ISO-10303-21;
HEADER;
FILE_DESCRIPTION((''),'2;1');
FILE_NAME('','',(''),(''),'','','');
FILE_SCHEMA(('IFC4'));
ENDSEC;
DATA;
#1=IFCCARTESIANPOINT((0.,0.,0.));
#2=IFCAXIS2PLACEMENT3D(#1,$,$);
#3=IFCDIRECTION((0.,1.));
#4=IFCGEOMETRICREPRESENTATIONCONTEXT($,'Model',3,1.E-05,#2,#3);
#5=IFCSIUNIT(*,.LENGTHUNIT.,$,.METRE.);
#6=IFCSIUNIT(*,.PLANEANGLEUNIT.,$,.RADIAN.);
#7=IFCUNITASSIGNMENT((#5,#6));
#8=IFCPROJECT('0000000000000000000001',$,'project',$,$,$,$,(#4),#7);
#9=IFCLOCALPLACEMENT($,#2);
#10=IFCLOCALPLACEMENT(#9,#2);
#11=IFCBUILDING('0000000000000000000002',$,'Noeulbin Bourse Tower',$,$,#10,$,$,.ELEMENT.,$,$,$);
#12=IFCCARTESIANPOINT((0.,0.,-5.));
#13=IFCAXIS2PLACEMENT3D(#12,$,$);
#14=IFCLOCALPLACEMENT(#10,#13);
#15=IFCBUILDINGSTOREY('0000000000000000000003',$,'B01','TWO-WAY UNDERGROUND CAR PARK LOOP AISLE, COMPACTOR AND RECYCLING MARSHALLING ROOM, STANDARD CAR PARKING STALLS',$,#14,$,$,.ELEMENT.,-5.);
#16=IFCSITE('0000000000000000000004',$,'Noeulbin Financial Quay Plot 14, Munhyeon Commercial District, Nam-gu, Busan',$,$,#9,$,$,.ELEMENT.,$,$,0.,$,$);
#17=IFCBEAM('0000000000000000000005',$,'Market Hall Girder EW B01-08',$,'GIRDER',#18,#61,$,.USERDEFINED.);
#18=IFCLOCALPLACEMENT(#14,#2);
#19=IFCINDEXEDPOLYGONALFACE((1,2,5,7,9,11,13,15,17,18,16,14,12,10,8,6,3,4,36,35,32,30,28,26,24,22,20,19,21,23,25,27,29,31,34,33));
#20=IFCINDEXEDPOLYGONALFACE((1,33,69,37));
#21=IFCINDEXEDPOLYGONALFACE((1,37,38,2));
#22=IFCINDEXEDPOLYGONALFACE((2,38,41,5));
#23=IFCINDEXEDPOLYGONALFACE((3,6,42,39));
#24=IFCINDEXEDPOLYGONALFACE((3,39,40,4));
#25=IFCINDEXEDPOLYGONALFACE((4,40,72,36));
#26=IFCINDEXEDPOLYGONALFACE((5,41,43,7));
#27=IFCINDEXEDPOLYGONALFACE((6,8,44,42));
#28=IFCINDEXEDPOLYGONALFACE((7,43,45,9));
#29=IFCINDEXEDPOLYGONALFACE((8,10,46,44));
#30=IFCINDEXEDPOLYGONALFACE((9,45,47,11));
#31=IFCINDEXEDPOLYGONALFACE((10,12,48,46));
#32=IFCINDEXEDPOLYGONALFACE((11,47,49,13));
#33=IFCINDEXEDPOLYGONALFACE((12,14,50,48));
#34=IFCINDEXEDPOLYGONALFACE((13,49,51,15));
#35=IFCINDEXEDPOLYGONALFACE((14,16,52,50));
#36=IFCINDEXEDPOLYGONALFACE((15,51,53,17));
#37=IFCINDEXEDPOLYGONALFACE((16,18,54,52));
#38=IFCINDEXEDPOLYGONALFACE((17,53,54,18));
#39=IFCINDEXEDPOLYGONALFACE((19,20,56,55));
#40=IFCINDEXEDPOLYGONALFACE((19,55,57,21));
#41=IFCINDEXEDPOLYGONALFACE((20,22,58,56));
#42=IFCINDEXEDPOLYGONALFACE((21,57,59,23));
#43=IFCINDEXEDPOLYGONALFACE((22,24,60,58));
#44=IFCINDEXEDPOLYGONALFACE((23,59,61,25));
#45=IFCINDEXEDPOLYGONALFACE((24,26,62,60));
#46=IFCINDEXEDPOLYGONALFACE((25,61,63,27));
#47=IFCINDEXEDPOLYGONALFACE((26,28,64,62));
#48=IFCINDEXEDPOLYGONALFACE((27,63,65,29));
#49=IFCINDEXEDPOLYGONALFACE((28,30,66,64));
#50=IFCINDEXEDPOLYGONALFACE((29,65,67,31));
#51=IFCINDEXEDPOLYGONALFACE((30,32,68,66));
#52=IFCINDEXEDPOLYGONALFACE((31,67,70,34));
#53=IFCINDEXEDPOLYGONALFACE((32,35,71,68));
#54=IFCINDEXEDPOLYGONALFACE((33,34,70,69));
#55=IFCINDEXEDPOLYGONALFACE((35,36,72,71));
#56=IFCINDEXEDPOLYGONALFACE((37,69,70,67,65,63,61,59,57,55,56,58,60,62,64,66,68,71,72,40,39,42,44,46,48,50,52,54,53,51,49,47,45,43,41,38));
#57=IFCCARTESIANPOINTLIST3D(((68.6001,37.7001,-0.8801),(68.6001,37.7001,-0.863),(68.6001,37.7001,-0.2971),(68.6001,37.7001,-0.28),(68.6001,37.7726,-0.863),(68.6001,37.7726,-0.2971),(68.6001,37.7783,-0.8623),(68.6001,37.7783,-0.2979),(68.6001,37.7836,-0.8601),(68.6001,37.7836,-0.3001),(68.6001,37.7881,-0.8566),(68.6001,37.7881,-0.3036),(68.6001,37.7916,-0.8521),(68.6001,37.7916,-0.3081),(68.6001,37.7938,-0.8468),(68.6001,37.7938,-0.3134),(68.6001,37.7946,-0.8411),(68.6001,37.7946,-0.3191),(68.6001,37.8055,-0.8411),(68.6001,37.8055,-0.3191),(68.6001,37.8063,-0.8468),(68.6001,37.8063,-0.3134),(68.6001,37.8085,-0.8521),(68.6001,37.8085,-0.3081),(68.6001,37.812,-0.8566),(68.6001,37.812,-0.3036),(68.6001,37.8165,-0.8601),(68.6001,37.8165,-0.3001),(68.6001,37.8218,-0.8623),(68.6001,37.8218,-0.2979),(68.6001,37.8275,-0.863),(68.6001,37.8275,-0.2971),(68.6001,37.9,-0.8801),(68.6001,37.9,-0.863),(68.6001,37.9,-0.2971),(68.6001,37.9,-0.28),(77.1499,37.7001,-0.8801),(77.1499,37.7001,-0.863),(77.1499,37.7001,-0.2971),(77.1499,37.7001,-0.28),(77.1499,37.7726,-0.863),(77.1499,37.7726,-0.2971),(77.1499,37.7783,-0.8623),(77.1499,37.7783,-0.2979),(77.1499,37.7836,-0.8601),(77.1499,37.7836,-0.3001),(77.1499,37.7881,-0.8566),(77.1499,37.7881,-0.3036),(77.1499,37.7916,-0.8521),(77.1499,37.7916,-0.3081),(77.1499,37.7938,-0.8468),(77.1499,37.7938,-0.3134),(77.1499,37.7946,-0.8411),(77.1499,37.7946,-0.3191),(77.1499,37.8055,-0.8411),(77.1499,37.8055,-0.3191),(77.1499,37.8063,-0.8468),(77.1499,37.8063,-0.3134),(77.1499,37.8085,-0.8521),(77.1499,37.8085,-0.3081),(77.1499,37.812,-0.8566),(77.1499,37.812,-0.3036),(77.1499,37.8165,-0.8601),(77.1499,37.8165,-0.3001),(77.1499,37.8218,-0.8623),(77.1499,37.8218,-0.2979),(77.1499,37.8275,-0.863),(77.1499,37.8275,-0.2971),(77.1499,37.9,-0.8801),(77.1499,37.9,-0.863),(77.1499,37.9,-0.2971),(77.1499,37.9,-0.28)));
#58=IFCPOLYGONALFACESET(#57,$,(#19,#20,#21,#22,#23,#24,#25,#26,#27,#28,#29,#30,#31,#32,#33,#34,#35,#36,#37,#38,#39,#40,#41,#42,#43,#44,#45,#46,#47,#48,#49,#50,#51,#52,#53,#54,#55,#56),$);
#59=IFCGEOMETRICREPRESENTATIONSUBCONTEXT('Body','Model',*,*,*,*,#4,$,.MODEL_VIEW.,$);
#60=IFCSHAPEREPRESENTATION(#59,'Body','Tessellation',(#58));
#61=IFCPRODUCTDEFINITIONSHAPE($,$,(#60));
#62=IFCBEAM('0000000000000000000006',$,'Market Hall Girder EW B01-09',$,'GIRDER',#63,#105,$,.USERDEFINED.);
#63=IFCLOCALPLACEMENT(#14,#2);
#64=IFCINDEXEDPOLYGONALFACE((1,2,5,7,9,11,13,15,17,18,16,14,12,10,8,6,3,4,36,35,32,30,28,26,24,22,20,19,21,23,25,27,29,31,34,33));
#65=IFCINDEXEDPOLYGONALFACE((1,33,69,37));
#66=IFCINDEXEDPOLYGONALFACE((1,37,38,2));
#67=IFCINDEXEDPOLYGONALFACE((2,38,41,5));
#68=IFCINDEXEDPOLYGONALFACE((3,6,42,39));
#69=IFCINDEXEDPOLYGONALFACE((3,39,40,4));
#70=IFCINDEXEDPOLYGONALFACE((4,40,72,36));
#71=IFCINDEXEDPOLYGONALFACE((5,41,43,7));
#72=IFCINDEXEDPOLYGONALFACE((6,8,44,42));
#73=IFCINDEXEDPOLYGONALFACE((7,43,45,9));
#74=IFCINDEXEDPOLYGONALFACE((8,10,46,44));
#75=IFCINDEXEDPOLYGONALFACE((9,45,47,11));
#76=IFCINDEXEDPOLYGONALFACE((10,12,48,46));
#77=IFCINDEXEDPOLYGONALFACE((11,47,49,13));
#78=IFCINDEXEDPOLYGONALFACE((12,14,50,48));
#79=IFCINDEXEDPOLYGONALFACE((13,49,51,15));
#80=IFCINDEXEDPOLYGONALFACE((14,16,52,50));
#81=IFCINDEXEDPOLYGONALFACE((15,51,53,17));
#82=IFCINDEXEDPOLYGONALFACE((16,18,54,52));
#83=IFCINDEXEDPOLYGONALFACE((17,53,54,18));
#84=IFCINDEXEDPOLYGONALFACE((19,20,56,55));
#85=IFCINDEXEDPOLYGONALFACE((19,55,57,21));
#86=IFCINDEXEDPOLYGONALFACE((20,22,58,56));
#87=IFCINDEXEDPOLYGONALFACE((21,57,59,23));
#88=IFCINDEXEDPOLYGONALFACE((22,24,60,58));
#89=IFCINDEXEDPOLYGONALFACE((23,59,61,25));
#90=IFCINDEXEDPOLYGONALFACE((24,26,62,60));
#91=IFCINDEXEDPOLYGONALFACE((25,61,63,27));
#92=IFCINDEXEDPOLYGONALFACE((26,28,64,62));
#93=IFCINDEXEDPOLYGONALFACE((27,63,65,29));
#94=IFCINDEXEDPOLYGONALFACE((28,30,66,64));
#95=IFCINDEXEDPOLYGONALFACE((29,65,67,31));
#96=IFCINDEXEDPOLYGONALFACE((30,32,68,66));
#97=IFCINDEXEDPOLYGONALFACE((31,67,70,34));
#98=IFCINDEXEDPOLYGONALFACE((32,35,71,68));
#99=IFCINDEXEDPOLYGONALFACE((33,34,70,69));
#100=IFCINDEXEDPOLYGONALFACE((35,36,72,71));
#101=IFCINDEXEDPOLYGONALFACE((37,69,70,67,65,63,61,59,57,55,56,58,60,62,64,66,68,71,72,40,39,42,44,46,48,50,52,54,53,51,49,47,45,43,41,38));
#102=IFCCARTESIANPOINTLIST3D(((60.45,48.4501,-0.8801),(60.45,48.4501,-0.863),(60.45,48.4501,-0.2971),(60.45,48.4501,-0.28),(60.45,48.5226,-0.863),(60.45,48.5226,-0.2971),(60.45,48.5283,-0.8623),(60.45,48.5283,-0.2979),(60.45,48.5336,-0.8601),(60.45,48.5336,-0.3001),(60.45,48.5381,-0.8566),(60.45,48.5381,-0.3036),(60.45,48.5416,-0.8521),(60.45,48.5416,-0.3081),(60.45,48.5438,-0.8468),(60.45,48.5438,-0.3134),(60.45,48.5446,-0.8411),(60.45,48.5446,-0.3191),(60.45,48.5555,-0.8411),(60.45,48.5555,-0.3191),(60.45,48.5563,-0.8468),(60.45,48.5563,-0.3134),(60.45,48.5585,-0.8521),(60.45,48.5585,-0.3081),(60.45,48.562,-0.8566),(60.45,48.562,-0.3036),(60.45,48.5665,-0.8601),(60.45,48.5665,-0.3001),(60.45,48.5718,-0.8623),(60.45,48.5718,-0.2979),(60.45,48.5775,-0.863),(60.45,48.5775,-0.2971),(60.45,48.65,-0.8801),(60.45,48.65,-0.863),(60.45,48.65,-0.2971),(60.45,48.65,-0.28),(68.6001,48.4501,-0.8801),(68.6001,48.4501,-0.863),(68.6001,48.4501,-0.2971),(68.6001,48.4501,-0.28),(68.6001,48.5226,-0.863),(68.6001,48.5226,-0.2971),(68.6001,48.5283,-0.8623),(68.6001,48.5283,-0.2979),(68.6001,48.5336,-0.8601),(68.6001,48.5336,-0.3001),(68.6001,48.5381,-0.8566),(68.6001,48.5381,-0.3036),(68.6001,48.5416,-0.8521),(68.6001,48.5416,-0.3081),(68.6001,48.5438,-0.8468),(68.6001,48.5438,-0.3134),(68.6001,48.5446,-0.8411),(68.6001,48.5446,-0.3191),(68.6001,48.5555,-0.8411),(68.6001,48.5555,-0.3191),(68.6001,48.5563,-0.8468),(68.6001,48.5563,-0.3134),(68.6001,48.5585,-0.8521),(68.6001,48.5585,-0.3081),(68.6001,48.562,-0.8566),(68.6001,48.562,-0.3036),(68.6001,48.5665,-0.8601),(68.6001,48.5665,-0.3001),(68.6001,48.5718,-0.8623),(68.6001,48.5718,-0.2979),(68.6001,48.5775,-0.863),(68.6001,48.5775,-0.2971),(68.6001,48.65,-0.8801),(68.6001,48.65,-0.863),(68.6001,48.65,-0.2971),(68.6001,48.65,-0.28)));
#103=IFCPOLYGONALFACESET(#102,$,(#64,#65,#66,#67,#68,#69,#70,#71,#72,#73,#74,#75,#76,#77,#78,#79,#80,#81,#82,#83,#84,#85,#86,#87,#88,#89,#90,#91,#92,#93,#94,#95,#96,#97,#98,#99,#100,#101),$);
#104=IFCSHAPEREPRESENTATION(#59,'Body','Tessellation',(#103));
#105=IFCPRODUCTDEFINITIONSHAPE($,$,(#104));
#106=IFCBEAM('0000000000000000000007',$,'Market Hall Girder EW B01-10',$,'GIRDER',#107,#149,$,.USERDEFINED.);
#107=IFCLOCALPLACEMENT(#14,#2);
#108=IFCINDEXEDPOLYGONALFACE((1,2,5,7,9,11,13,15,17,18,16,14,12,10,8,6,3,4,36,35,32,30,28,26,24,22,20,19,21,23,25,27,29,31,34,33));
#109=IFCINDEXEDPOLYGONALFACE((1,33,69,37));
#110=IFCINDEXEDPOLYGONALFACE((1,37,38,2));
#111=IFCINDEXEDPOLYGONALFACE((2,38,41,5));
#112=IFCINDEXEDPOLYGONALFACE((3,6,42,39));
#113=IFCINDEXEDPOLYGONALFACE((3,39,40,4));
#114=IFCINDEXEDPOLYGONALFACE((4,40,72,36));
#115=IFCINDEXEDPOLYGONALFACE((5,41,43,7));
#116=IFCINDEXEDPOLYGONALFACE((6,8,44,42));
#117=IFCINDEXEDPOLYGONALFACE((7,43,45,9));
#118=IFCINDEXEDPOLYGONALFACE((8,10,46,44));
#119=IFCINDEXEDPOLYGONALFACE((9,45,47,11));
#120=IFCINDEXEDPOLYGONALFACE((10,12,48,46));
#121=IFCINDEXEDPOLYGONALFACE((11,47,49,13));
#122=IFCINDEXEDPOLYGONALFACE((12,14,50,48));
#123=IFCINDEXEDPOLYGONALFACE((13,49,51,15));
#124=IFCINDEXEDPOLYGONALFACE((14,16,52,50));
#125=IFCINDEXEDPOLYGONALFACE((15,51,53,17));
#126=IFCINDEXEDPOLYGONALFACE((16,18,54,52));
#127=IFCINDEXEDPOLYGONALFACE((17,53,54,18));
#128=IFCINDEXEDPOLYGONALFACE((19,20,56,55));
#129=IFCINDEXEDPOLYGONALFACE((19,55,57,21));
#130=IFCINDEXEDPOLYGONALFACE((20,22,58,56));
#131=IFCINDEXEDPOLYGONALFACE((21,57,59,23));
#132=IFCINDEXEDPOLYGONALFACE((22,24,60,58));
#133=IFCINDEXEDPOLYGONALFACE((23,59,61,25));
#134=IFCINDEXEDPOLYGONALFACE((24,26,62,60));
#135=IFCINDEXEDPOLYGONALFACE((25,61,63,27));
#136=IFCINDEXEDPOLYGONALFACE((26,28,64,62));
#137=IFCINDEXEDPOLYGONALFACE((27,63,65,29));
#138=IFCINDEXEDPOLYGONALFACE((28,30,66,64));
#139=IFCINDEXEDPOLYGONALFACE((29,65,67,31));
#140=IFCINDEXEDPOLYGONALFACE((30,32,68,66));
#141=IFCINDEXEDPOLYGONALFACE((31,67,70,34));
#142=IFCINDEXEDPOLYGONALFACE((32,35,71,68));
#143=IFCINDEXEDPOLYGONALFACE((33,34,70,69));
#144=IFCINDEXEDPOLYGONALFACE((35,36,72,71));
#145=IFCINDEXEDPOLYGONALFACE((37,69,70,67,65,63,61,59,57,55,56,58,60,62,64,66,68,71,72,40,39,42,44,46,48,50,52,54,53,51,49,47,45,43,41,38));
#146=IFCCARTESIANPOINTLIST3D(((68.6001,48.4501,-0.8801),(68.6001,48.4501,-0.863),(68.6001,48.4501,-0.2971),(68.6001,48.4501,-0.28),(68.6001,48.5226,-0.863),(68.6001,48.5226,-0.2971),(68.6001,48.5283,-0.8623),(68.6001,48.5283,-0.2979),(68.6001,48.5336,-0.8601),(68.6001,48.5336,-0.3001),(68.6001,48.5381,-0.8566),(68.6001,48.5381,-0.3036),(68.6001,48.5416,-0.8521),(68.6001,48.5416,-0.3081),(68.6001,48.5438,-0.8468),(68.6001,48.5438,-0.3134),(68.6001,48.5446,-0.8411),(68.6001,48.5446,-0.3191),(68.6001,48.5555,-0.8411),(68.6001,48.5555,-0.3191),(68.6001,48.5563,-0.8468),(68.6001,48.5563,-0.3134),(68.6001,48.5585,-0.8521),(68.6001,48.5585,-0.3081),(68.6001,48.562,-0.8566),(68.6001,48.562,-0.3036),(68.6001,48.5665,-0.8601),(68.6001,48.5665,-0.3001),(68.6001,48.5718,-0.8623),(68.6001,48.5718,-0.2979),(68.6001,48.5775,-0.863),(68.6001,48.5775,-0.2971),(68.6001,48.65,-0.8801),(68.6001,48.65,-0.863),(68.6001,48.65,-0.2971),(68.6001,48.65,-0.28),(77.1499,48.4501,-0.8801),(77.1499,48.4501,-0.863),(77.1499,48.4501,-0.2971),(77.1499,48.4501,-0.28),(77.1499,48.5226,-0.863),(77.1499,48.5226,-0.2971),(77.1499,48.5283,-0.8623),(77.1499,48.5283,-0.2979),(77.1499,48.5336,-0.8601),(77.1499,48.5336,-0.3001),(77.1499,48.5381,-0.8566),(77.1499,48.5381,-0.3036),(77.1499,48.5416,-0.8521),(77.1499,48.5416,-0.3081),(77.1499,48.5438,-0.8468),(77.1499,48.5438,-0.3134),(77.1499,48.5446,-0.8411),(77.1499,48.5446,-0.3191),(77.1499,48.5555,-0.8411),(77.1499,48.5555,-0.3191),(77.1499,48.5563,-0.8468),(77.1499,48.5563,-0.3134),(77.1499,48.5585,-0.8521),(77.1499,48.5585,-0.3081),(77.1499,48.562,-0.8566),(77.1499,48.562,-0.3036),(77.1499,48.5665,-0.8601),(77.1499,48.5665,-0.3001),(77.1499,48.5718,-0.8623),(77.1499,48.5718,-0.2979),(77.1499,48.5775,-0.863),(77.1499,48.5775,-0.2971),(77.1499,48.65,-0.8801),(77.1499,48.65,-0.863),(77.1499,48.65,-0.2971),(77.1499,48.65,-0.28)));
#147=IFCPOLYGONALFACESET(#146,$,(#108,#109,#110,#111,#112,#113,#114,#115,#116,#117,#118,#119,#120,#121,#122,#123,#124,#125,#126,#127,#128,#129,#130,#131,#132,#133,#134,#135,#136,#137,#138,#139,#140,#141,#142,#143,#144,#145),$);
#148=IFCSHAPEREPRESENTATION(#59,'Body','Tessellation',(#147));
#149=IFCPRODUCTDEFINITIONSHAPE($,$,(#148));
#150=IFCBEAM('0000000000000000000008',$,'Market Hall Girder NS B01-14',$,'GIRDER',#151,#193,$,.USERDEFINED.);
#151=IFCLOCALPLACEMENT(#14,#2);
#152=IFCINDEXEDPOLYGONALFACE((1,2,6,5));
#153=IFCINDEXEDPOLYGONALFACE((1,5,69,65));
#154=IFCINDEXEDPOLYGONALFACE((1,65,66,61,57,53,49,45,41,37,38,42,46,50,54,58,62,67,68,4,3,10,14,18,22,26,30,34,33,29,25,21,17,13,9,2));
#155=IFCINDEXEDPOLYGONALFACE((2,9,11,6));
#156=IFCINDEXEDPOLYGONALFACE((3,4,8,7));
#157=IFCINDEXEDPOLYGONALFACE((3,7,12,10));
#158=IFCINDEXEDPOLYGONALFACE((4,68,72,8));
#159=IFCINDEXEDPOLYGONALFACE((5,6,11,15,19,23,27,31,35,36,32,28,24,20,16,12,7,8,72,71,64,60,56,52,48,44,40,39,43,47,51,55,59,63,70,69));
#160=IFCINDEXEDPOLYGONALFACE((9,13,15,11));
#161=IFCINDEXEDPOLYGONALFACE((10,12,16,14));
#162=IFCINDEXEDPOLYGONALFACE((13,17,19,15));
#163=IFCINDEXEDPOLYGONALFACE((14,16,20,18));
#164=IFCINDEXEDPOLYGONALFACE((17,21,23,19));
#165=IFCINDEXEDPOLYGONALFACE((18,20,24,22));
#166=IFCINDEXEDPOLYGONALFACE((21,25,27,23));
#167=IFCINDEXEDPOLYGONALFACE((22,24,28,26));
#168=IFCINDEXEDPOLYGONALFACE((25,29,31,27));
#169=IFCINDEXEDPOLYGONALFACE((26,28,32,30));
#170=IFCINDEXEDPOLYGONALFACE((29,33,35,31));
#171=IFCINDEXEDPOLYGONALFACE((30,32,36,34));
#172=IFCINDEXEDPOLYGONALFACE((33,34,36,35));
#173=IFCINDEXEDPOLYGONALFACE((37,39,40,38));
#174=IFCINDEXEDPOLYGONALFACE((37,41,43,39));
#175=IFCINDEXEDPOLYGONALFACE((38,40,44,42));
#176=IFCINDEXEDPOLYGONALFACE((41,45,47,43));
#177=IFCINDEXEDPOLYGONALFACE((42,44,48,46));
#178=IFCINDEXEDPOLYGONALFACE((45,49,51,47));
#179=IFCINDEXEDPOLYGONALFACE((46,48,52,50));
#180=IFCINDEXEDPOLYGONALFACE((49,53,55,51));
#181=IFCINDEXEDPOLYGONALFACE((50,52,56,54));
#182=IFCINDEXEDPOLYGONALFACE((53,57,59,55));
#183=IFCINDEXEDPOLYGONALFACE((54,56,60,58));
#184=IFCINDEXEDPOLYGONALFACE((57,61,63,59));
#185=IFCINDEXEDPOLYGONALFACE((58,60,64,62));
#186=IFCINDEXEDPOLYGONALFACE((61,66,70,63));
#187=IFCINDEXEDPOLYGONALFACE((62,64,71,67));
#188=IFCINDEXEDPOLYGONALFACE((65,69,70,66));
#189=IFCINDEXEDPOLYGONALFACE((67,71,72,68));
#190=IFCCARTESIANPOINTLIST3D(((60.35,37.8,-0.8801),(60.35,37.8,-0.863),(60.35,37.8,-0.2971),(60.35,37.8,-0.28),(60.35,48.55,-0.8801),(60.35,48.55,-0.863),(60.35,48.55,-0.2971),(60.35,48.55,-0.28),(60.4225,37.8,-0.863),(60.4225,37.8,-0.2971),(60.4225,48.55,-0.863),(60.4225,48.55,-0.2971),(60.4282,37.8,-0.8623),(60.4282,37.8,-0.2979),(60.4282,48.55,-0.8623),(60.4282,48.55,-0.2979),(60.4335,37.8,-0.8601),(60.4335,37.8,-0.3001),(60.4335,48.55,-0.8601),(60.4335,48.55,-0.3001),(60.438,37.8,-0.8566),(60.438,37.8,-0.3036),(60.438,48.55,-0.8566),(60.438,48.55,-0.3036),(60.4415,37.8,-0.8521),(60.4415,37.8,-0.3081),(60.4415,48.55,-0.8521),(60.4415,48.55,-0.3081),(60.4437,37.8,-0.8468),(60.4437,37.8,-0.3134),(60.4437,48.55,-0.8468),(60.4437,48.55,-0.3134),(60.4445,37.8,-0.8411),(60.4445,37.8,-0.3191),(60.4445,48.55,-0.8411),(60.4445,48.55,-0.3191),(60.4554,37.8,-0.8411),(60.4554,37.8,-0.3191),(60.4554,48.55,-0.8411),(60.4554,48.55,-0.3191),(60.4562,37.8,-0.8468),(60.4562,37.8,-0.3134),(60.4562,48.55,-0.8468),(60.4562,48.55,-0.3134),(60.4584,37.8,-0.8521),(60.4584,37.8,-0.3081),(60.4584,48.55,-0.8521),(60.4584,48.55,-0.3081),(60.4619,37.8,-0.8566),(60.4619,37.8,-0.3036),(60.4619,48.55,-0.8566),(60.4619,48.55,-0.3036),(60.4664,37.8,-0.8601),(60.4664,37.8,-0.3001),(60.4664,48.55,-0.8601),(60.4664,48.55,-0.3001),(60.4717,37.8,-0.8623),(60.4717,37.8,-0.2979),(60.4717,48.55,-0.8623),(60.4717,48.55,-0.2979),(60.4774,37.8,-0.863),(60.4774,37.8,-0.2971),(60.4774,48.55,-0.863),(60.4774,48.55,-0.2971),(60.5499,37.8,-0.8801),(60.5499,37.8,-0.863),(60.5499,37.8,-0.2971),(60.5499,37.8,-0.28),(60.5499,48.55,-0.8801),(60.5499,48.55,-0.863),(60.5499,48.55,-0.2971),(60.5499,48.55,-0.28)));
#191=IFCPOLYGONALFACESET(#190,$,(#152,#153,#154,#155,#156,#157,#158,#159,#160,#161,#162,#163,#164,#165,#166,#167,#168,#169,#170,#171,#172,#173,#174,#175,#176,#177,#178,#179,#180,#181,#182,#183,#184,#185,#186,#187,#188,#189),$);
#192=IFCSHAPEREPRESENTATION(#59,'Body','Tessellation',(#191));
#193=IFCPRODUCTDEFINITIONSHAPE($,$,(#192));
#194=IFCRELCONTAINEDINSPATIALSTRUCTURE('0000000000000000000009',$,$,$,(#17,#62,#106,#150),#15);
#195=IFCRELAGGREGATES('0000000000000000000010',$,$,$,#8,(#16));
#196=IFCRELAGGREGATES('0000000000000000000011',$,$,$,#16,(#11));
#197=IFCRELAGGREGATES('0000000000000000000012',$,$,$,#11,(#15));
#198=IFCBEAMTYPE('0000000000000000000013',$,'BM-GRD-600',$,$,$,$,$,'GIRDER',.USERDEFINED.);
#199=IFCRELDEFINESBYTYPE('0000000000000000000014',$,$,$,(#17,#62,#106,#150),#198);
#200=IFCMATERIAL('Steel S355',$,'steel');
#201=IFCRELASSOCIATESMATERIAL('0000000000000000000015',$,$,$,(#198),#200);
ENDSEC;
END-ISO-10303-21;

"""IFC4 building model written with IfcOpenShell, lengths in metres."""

from ifc_helpers import new_model, si_unit, direction, frame, origin, origin_2d, place, context, subcontext, project, spatial, i_section, extrude, material, material_profile, profile_set, type_object, element, save


model = new_model("IFC4")

# Units and contexts
model_context = context("Model", 3, precision=1e-05, world=origin(), true_north=direction((0.0, 1.0)))
body_context = subcontext(model_context, "Body", "Model", "MODEL_VIEW")
ifc_project = project(units=[si_unit("LENGTHUNIT", "METRE"), si_unit("PLANEANGLEUNIT", "RADIAN")], contexts=[model_context])

# Site, building, storey
site_placement = place(None, origin())
site = spatial("IfcSite", under=ifc_project, at=site_placement, Name="Noeulbin Financial Quay Plot 14, Munhyeon Commercial District, Nam-gu, Busan", CompositionType="ELEMENT", RefElevation=0.0)
building_placement = place(site_placement, origin())
building = spatial("IfcBuilding", under=site, at=building_placement, Name="Noeulbin Bourse Tower", CompositionType="ELEMENT")
storey_placement = place(building_placement, frame((0.0, 0.0, -5.0)))
storey = spatial("IfcBuildingStorey", under=building, at=storey_placement, Name="B01", Description="TWO-WAY UNDERGROUND CAR PARK LOOP AISLE, COMPACTOR AND RECYCLING MARSHALLING ROOM, STANDARD CAR PARKING STALLS", CompositionType="ELEMENT", Elevation=-5.0)

# Beams
ifc_material_1 = material(Name="Steel S355", Category="steel")
ifc_material_profile_1 = material_profile(ifc_material_1, i_section(OverallWidth=0.2, OverallDepth=0.6001, WebThickness=0.011, FlangeThickness=0.0171, FilletRadius=0.022, at=origin_2d()), Name="H-600x200x11x17", Category="LoadBearing")
ifc_profile_set_1 = profile_set([ifc_material_profile_1], Name="Steel S355")
beam_type_1 = type_object("IfcBeamType", Name="BM-GRD-600", ElementType="GIRDER", PredefinedType="USERDEFINED", material=ifc_profile_set_1)
beam_1_placement = place(storey_placement, frame((68.6001, 37.8, -0.5801), z_axis=(1.0, 0.0, 0.0), x_axis=(0.0, 1.0, 0.0)))
element("IfcBeam", 1, at=beam_1_placement, inside=storey, type_object=beam_type_1, Name="Market Hall Girder EW B01-08", ObjectType="GIRDER", PredefinedType="USERDEFINED", context=body_context, shape_type="SweptSolid", body=[
    extrude(i_section(OverallWidth=0.2, OverallDepth=0.6001, WebThickness=0.011, FlangeThickness=0.0171, FilletRadius=0.022, at=origin_2d()), origin(), (0.0, 0.0, 1.0), 8.5498),
])
beam_2_placement = place(storey_placement, frame((60.45, 48.55, -0.5801), z_axis=(1.0, 0.0, 0.0), x_axis=(0.0, 1.0, 0.0)))
element("IfcBeam", 2, at=beam_2_placement, inside=storey, type_object=beam_type_1, Name="Market Hall Girder EW B01-09", ObjectType="GIRDER", PredefinedType="USERDEFINED", context=body_context, shape_type="SweptSolid", body=[
    extrude(i_section(OverallWidth=0.2, OverallDepth=0.6001, WebThickness=0.011, FlangeThickness=0.0171, FilletRadius=0.022, at=origin_2d()), origin(), (0.0, 0.0, 1.0), 8.1501),
])
beam_3_placement = place(storey_placement, frame((68.6001, 48.55, -0.5801), z_axis=(1.0, 0.0, 0.0), x_axis=(0.0, 1.0, 0.0)))
element("IfcBeam", 3, at=beam_3_placement, inside=storey, type_object=beam_type_1, Name="Market Hall Girder EW B01-10", ObjectType="GIRDER", PredefinedType="USERDEFINED", context=body_context, shape_type="SweptSolid", body=[
    extrude(i_section(OverallWidth=0.2, OverallDepth=0.6001, WebThickness=0.011, FlangeThickness=0.0171, FilletRadius=0.022, at=origin_2d()), origin(), (0.0, 0.0, 1.0), 8.5498),
])
for number, where, z_axis, x_axis, name in (
    (4, (60.45, 37.8, -0.5801), (0.0, 1.0, 0.0), (-1.0, 0.0, 0.0), "Market Hall Girder NS B01-14"),
):
    element("IfcBeam", number, at=place(storey_placement, frame(where, z_axis=z_axis, x_axis=x_axis)), inside=storey, type_object=beam_type_1, Name=name, ObjectType="GIRDER", PredefinedType="USERDEFINED", context=body_context, shape_type="SweptSolid", body=[
        extrude(i_section(OverallWidth=0.2, OverallDepth=0.6001, WebThickness=0.011, FlangeThickness=0.0171, FilletRadius=0.022, at=origin_2d()), origin(), (0.0, 0.0, 1.0), 10.75),
    ])

save(model, "model.ifc")
